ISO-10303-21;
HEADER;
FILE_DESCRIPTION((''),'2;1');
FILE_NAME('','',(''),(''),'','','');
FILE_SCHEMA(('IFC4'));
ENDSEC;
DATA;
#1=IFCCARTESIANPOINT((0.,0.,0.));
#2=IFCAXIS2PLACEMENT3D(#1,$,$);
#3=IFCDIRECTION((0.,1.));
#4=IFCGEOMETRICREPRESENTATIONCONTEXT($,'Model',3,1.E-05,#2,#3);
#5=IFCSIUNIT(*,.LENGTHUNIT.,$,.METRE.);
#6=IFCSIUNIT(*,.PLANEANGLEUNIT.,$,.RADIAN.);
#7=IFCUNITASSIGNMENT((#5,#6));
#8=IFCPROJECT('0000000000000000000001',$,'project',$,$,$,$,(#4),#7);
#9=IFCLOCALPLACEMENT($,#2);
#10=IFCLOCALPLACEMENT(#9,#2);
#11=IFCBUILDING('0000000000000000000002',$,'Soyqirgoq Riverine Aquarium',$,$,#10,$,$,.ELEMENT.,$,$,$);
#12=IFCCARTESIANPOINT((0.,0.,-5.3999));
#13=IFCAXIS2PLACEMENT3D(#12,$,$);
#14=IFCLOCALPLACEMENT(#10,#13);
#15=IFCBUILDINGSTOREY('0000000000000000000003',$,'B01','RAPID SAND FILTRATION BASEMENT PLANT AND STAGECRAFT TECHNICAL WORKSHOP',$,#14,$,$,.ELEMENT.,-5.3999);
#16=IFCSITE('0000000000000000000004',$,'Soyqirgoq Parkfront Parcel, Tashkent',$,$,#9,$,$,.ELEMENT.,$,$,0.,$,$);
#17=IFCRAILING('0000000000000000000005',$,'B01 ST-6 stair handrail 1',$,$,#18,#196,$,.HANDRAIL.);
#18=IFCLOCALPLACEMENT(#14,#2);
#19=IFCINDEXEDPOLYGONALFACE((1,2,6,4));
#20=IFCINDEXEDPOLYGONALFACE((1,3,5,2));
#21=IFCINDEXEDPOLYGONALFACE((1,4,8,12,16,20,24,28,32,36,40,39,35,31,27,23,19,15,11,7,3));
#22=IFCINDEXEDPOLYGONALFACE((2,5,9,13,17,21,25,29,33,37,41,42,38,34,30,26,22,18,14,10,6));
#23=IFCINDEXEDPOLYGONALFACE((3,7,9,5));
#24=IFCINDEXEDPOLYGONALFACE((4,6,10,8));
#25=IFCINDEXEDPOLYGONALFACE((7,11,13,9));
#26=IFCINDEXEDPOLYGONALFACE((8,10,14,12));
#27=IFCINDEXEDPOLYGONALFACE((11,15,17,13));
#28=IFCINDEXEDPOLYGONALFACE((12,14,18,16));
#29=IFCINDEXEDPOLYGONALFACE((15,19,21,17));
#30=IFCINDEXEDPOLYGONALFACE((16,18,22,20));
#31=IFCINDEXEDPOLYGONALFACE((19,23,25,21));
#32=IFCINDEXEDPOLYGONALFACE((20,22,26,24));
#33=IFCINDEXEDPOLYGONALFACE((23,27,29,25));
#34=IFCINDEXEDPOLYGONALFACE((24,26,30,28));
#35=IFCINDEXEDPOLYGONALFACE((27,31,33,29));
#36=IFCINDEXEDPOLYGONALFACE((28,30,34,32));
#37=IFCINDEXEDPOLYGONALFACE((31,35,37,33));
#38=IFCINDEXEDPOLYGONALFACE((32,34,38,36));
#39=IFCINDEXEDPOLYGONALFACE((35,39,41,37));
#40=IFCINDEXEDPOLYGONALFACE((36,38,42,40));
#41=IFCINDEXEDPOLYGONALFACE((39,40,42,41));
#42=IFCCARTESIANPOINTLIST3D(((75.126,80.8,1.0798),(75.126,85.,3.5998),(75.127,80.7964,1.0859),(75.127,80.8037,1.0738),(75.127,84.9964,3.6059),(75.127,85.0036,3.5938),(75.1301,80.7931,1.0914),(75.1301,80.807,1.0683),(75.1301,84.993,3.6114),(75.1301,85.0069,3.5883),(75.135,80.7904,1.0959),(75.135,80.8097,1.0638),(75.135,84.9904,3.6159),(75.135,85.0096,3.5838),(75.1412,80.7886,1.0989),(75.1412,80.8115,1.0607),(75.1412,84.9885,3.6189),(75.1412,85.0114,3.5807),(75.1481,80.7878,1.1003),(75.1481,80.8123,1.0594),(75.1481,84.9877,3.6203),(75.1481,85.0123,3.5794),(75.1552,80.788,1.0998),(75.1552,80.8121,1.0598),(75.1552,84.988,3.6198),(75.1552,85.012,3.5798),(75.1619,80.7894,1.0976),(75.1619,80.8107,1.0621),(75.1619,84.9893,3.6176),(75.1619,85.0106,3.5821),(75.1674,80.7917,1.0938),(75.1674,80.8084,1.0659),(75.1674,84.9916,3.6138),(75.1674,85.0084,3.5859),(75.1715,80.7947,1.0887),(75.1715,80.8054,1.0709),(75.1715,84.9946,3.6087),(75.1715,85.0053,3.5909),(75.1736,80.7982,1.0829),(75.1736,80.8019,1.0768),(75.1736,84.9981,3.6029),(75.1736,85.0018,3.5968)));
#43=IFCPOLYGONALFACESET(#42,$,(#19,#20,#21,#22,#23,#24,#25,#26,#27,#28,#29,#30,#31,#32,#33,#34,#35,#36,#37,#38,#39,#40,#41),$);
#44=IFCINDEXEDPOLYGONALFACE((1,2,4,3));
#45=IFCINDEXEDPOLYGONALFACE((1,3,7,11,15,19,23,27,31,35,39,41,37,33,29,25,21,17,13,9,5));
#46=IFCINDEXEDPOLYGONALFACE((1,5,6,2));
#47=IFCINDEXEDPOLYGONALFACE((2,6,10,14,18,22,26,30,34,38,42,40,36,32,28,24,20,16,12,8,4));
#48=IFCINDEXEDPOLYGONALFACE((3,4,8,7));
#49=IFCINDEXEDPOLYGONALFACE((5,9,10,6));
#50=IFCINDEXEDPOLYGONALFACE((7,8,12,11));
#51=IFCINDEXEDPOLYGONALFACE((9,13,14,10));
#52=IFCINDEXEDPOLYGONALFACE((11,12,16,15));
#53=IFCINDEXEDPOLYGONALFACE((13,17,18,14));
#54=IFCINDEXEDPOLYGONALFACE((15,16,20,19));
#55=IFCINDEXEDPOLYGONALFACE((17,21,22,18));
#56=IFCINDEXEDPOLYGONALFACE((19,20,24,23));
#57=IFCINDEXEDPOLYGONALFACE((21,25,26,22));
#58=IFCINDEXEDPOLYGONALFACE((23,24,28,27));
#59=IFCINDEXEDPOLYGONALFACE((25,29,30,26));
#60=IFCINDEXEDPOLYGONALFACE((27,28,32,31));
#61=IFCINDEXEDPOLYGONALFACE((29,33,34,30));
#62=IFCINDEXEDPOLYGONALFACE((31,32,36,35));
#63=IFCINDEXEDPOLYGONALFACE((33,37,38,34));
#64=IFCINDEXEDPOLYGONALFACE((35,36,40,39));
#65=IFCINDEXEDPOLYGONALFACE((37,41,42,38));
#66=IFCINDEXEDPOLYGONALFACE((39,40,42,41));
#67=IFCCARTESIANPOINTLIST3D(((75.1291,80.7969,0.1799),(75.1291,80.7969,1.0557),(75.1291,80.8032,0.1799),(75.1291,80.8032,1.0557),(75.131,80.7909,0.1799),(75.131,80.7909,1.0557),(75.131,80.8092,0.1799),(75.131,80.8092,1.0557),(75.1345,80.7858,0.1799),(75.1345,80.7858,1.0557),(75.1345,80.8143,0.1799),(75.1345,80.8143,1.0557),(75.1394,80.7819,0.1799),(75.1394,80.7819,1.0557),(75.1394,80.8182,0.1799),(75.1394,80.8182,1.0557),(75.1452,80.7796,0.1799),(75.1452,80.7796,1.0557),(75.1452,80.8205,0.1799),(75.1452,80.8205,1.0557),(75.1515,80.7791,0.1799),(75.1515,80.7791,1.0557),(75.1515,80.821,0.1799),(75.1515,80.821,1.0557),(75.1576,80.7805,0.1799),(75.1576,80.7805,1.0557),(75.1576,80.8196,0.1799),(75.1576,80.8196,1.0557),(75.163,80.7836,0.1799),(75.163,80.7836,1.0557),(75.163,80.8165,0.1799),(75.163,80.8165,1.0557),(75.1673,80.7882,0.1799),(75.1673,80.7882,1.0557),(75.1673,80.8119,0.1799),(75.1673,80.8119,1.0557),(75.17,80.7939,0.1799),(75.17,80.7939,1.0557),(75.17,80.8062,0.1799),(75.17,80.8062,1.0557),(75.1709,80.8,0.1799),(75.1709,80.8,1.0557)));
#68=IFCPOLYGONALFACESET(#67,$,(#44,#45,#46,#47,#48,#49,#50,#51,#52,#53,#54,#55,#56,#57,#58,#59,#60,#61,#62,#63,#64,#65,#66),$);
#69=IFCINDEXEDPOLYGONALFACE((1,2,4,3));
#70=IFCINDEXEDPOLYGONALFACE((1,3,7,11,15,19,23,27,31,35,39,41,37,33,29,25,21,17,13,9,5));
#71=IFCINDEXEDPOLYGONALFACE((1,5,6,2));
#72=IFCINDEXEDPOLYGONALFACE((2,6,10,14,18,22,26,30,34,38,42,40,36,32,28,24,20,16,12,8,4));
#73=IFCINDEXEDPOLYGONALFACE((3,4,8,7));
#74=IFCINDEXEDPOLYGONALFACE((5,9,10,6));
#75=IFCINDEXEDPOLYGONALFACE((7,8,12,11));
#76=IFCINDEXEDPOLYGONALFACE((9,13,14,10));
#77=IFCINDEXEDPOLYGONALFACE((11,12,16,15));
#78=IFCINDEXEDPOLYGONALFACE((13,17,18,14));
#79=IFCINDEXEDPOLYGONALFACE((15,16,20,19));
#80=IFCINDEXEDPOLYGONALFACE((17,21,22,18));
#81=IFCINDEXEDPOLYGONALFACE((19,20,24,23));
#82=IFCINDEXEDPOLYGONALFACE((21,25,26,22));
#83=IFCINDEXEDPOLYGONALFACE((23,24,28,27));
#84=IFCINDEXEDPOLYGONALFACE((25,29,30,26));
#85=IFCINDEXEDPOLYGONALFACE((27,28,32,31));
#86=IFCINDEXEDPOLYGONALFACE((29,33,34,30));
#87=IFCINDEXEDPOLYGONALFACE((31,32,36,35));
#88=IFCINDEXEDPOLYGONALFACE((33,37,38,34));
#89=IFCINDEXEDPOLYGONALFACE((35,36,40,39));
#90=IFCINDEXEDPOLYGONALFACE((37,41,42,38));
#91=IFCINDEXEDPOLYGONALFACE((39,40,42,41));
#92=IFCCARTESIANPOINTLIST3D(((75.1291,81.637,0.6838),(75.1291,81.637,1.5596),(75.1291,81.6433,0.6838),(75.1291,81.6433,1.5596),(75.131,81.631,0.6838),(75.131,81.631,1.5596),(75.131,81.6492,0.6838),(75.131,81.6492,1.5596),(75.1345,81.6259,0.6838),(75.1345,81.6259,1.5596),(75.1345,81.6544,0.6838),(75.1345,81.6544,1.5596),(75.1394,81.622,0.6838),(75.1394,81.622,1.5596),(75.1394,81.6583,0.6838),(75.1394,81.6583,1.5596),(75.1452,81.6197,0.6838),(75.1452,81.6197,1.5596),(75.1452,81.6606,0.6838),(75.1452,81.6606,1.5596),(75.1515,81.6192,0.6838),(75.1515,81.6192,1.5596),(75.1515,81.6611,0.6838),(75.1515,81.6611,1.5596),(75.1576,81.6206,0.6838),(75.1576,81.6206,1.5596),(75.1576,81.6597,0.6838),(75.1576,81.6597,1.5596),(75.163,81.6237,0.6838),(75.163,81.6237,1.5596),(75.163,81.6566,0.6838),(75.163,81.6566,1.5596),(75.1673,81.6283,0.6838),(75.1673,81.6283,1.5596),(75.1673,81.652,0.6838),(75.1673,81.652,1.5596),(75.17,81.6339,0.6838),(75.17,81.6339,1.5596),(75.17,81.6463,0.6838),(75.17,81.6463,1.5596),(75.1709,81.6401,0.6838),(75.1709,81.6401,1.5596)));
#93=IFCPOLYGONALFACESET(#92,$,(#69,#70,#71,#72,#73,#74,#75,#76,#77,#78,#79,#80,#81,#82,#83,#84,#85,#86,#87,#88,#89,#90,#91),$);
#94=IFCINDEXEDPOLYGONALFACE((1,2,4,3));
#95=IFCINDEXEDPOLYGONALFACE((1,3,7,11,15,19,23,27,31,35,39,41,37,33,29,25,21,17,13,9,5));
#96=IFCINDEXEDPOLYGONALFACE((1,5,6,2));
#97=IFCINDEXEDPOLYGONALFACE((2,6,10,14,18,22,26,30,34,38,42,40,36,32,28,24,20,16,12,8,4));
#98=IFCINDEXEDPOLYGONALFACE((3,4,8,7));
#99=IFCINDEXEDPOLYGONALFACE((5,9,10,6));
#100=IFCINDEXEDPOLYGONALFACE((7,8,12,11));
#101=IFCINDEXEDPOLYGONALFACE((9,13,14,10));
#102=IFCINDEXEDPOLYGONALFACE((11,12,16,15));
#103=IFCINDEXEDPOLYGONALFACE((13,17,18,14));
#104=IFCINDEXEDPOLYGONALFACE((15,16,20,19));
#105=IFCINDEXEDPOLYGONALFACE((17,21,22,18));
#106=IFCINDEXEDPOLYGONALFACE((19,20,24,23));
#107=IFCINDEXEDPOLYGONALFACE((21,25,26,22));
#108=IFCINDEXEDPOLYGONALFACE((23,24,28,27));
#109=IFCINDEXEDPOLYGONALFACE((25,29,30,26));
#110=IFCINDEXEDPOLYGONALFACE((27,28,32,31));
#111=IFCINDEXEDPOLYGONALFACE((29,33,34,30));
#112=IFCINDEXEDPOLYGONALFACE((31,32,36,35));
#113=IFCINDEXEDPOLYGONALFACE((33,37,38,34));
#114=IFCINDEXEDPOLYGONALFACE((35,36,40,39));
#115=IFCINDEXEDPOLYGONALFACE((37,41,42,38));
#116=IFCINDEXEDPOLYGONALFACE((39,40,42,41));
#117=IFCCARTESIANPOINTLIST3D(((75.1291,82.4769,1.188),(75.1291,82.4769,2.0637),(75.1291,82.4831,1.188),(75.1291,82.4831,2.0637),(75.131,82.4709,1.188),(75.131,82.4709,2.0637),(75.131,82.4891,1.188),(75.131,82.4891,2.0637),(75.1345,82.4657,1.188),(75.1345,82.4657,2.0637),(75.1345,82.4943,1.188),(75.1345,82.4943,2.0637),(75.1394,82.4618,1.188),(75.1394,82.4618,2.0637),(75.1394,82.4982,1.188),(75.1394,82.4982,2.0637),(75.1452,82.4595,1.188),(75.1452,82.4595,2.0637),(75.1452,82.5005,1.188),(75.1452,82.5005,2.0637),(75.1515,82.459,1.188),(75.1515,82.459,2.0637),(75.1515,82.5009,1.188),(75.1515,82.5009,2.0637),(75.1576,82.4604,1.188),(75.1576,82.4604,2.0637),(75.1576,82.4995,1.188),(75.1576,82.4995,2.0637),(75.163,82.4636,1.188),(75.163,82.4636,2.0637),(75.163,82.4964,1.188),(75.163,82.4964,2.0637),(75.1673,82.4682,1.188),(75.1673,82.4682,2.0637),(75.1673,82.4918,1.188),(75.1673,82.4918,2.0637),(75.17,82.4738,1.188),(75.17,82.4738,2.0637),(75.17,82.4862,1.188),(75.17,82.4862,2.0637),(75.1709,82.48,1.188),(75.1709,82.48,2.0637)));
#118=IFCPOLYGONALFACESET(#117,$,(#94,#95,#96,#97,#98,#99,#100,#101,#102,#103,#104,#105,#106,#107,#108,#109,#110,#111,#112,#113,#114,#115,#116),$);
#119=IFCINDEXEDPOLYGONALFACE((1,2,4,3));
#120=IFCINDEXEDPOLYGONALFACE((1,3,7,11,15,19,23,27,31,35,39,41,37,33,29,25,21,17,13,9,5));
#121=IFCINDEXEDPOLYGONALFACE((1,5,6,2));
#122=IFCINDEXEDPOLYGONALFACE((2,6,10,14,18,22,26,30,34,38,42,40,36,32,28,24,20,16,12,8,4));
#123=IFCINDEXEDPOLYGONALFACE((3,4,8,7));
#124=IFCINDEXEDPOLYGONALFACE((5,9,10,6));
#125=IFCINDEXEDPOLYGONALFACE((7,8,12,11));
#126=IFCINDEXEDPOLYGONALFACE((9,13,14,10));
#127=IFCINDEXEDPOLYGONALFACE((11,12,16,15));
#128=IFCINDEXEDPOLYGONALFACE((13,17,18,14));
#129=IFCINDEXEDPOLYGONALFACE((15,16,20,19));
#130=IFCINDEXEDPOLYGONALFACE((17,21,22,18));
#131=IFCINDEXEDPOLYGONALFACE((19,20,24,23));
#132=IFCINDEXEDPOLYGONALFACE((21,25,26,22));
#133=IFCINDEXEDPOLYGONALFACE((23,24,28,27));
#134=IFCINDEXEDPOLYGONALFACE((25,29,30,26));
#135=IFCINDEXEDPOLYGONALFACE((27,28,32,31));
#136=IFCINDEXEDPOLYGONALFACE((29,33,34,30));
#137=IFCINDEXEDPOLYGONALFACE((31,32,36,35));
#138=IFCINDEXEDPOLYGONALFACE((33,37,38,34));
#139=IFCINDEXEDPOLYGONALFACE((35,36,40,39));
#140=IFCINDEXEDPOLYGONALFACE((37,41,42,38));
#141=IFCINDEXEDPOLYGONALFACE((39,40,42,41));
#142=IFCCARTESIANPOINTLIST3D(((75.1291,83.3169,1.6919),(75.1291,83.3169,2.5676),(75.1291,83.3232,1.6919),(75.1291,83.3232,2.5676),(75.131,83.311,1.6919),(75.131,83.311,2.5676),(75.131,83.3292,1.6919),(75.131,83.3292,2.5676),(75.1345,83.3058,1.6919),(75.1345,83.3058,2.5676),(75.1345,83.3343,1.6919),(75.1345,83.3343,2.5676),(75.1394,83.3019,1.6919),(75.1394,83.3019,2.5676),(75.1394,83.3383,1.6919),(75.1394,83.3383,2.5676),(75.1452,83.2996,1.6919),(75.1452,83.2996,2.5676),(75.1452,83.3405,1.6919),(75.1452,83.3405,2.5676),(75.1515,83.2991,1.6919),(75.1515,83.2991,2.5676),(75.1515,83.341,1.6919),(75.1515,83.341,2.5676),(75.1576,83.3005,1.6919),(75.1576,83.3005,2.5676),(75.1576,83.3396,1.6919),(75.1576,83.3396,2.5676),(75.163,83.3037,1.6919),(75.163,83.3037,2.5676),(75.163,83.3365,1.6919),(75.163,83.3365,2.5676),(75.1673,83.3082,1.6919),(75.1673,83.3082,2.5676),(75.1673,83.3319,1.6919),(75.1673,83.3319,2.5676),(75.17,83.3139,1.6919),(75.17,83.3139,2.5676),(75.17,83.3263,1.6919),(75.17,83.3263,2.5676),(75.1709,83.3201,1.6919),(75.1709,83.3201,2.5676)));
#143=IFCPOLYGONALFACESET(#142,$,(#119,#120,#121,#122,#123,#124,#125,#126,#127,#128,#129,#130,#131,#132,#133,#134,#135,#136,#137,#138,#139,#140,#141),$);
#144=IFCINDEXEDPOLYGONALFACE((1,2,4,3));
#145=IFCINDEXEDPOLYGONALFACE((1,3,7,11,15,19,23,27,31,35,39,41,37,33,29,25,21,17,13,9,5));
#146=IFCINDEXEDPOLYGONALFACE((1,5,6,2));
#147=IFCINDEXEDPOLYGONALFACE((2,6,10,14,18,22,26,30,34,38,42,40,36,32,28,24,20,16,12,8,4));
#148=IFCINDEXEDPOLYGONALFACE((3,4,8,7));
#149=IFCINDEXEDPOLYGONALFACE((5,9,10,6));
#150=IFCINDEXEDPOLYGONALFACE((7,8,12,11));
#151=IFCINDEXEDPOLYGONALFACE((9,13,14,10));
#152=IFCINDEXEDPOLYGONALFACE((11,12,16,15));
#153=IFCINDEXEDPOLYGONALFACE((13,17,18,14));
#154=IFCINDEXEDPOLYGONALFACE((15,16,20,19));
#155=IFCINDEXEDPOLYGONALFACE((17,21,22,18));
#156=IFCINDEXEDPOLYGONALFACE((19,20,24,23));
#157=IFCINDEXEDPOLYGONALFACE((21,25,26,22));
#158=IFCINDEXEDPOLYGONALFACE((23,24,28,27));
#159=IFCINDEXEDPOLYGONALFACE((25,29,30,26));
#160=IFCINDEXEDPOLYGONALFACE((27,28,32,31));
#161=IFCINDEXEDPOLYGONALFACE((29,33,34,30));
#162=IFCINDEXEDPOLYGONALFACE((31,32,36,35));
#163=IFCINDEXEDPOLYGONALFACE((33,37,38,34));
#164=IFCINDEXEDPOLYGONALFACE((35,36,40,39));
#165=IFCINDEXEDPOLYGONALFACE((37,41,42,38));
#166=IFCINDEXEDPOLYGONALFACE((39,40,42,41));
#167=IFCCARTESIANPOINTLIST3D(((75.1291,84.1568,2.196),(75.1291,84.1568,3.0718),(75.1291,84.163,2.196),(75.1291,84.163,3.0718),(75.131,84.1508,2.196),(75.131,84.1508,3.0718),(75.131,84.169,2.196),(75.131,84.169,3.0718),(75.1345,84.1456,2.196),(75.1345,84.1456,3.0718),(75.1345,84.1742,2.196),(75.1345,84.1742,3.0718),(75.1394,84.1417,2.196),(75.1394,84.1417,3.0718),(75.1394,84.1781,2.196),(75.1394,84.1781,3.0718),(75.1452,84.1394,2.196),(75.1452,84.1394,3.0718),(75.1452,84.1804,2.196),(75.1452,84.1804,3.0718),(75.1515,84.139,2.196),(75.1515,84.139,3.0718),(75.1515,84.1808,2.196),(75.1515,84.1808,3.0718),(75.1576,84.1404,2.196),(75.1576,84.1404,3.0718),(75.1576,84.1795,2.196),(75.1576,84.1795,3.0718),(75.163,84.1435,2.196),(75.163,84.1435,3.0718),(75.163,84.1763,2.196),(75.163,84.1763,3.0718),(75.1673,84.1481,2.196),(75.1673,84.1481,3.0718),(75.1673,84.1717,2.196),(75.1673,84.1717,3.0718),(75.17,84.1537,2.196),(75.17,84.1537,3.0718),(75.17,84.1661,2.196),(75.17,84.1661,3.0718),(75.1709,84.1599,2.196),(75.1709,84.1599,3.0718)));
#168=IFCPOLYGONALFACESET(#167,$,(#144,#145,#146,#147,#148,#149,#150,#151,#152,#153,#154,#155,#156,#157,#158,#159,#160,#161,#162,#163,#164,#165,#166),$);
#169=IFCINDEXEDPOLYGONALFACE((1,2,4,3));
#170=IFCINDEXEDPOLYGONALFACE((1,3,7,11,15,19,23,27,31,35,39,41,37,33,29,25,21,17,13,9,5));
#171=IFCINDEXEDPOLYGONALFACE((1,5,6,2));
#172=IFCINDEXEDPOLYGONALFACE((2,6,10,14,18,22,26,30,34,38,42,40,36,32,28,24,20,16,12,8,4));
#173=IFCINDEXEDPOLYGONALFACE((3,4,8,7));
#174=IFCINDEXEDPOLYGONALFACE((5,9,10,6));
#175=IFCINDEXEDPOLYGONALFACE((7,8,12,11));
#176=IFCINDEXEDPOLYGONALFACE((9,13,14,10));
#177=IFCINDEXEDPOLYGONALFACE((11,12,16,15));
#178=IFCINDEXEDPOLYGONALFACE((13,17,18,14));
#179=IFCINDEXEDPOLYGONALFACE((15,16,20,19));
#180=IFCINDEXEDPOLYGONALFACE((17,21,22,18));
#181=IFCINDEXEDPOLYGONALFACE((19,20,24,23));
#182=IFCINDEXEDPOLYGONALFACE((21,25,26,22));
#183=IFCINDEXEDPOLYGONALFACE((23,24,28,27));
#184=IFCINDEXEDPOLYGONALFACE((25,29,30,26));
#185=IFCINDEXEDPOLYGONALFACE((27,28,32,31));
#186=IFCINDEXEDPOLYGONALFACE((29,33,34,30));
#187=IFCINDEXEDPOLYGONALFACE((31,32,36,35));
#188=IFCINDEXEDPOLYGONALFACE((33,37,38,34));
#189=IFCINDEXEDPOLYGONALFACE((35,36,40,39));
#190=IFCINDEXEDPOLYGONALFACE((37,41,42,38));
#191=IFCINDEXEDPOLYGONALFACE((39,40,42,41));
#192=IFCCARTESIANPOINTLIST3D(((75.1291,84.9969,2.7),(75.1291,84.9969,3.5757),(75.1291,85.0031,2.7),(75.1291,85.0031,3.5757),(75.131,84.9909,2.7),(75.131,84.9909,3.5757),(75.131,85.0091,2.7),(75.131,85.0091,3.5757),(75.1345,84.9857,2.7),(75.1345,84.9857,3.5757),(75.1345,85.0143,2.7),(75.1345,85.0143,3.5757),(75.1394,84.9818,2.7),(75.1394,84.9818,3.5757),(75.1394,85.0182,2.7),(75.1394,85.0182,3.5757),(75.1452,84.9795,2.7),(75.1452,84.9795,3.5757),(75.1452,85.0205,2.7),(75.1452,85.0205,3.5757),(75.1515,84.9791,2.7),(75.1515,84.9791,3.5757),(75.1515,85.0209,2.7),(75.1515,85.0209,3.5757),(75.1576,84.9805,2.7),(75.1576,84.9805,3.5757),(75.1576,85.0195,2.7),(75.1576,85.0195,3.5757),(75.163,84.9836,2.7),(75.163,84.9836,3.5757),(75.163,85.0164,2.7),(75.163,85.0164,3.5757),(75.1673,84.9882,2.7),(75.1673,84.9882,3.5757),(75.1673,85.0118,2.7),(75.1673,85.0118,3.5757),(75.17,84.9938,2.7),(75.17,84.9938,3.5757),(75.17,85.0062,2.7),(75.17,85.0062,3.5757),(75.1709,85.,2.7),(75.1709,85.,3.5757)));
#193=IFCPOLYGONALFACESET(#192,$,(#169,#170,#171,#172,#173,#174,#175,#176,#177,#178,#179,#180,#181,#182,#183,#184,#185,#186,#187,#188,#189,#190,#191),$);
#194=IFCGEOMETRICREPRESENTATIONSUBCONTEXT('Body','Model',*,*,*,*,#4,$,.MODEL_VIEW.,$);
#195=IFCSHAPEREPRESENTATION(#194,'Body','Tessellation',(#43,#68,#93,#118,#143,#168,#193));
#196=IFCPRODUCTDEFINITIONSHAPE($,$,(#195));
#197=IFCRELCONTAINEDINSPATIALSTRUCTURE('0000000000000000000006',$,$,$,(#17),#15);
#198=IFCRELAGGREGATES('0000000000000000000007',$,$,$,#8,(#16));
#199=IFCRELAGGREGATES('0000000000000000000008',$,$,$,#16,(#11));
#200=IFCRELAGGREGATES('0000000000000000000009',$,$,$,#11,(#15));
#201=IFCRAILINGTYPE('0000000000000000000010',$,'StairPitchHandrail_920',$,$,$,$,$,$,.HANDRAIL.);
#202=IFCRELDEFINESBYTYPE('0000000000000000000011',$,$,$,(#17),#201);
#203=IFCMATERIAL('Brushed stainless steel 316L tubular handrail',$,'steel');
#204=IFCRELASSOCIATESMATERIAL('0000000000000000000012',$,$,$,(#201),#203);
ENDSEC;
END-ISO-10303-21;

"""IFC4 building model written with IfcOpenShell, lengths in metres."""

from ifc_helpers import new_model, si_unit, direction, frame, origin, origin_2d, place, context, subcontext, project, spatial, circle, extrude, material, type_object, element, save


model = new_model("IFC4")

# Units and contexts
model_context = context("Model", 3, precision=1e-05, world=origin(), true_north=direction((0.0, 1.0)))
body_context = subcontext(model_context, "Body", "Model", "MODEL_VIEW")
ifc_project = project(units=[si_unit("LENGTHUNIT", "METRE"), si_unit("PLANEANGLEUNIT", "RADIAN")], contexts=[model_context])

# Site, building, storey
site_placement = place(None, origin())
site = spatial("IfcSite", under=ifc_project, at=site_placement, Name="Soyqirgoq Parkfront Parcel, Tashkent", CompositionType="ELEMENT", RefElevation=0.0)
building_placement = place(site_placement, origin())
building = spatial("IfcBuilding", under=site, at=building_placement, Name="Soyqirgoq Riverine Aquarium", CompositionType="ELEMENT")
storey_placement = place(building_placement, frame((0.0, 0.0, -5.3999)))
storey = spatial("IfcBuildingStorey", under=building, at=storey_placement, Name="B01", Description="RAPID SAND FILTRATION BASEMENT PLANT AND STAGECRAFT TECHNICAL WORKSHOP", CompositionType="ELEMENT", Elevation=-5.3999)

# Railing
ifc_material_1 = material(Name="Brushed stainless steel 316L tubular handrail", Category="steel")
railing_type = type_object("IfcRailingType", Name="StairPitchHandrail_920", PredefinedType="HANDRAIL", material=ifc_material_1)
railing_placement = place(storey_placement, frame((75.1499, 80.8, 0.1799)))
element("IfcRailing", 1, at=railing_placement, inside=storey, type_object=railing_type, Name="B01 ST-6 stair handrail 1", PredefinedType="HANDRAIL", context=body_context, shape_type="SweptSolid", body=[
    extrude(circle(Radius=0.0239, at=origin_2d()), frame((0.0, 0.0, 0.8999), z_axis=(0.0, 0.857489, 0.514503), x_axis=(-1.0, 0.0, 0.0)), (0.0, 0.0, 1.0), 4.8979),
    extrude(circle(Radius=0.021, at=origin_2d()), origin(), (0.0, 0.0, 1.0), 0.8757),
    extrude(circle(Radius=0.021, at=origin_2d()), frame((0.0, 0.8401, 0.5039)), (0.0, 0.0, 1.0), 0.8757),
    extrude(circle(Radius=0.021, at=origin_2d()), frame((0.0, 1.6799, 1.0081)), (0.0, 0.0, 1.0), 0.8757),
    extrude(circle(Radius=0.021, at=origin_2d()), frame((0.0, 2.52, 1.512)), (0.0, 0.0, 1.0), 0.8757),
    extrude(circle(Radius=0.021, at=origin_2d()), frame((0.0, 3.3599, 2.0161)), (0.0, 0.0, 1.0), 0.8757),
    extrude(circle(Radius=0.021, at=origin_2d()), frame((0.0, 4.2, 2.52)), (0.0, 0.0, 1.0), 0.8757),
])

save(model, "model.ifc")
